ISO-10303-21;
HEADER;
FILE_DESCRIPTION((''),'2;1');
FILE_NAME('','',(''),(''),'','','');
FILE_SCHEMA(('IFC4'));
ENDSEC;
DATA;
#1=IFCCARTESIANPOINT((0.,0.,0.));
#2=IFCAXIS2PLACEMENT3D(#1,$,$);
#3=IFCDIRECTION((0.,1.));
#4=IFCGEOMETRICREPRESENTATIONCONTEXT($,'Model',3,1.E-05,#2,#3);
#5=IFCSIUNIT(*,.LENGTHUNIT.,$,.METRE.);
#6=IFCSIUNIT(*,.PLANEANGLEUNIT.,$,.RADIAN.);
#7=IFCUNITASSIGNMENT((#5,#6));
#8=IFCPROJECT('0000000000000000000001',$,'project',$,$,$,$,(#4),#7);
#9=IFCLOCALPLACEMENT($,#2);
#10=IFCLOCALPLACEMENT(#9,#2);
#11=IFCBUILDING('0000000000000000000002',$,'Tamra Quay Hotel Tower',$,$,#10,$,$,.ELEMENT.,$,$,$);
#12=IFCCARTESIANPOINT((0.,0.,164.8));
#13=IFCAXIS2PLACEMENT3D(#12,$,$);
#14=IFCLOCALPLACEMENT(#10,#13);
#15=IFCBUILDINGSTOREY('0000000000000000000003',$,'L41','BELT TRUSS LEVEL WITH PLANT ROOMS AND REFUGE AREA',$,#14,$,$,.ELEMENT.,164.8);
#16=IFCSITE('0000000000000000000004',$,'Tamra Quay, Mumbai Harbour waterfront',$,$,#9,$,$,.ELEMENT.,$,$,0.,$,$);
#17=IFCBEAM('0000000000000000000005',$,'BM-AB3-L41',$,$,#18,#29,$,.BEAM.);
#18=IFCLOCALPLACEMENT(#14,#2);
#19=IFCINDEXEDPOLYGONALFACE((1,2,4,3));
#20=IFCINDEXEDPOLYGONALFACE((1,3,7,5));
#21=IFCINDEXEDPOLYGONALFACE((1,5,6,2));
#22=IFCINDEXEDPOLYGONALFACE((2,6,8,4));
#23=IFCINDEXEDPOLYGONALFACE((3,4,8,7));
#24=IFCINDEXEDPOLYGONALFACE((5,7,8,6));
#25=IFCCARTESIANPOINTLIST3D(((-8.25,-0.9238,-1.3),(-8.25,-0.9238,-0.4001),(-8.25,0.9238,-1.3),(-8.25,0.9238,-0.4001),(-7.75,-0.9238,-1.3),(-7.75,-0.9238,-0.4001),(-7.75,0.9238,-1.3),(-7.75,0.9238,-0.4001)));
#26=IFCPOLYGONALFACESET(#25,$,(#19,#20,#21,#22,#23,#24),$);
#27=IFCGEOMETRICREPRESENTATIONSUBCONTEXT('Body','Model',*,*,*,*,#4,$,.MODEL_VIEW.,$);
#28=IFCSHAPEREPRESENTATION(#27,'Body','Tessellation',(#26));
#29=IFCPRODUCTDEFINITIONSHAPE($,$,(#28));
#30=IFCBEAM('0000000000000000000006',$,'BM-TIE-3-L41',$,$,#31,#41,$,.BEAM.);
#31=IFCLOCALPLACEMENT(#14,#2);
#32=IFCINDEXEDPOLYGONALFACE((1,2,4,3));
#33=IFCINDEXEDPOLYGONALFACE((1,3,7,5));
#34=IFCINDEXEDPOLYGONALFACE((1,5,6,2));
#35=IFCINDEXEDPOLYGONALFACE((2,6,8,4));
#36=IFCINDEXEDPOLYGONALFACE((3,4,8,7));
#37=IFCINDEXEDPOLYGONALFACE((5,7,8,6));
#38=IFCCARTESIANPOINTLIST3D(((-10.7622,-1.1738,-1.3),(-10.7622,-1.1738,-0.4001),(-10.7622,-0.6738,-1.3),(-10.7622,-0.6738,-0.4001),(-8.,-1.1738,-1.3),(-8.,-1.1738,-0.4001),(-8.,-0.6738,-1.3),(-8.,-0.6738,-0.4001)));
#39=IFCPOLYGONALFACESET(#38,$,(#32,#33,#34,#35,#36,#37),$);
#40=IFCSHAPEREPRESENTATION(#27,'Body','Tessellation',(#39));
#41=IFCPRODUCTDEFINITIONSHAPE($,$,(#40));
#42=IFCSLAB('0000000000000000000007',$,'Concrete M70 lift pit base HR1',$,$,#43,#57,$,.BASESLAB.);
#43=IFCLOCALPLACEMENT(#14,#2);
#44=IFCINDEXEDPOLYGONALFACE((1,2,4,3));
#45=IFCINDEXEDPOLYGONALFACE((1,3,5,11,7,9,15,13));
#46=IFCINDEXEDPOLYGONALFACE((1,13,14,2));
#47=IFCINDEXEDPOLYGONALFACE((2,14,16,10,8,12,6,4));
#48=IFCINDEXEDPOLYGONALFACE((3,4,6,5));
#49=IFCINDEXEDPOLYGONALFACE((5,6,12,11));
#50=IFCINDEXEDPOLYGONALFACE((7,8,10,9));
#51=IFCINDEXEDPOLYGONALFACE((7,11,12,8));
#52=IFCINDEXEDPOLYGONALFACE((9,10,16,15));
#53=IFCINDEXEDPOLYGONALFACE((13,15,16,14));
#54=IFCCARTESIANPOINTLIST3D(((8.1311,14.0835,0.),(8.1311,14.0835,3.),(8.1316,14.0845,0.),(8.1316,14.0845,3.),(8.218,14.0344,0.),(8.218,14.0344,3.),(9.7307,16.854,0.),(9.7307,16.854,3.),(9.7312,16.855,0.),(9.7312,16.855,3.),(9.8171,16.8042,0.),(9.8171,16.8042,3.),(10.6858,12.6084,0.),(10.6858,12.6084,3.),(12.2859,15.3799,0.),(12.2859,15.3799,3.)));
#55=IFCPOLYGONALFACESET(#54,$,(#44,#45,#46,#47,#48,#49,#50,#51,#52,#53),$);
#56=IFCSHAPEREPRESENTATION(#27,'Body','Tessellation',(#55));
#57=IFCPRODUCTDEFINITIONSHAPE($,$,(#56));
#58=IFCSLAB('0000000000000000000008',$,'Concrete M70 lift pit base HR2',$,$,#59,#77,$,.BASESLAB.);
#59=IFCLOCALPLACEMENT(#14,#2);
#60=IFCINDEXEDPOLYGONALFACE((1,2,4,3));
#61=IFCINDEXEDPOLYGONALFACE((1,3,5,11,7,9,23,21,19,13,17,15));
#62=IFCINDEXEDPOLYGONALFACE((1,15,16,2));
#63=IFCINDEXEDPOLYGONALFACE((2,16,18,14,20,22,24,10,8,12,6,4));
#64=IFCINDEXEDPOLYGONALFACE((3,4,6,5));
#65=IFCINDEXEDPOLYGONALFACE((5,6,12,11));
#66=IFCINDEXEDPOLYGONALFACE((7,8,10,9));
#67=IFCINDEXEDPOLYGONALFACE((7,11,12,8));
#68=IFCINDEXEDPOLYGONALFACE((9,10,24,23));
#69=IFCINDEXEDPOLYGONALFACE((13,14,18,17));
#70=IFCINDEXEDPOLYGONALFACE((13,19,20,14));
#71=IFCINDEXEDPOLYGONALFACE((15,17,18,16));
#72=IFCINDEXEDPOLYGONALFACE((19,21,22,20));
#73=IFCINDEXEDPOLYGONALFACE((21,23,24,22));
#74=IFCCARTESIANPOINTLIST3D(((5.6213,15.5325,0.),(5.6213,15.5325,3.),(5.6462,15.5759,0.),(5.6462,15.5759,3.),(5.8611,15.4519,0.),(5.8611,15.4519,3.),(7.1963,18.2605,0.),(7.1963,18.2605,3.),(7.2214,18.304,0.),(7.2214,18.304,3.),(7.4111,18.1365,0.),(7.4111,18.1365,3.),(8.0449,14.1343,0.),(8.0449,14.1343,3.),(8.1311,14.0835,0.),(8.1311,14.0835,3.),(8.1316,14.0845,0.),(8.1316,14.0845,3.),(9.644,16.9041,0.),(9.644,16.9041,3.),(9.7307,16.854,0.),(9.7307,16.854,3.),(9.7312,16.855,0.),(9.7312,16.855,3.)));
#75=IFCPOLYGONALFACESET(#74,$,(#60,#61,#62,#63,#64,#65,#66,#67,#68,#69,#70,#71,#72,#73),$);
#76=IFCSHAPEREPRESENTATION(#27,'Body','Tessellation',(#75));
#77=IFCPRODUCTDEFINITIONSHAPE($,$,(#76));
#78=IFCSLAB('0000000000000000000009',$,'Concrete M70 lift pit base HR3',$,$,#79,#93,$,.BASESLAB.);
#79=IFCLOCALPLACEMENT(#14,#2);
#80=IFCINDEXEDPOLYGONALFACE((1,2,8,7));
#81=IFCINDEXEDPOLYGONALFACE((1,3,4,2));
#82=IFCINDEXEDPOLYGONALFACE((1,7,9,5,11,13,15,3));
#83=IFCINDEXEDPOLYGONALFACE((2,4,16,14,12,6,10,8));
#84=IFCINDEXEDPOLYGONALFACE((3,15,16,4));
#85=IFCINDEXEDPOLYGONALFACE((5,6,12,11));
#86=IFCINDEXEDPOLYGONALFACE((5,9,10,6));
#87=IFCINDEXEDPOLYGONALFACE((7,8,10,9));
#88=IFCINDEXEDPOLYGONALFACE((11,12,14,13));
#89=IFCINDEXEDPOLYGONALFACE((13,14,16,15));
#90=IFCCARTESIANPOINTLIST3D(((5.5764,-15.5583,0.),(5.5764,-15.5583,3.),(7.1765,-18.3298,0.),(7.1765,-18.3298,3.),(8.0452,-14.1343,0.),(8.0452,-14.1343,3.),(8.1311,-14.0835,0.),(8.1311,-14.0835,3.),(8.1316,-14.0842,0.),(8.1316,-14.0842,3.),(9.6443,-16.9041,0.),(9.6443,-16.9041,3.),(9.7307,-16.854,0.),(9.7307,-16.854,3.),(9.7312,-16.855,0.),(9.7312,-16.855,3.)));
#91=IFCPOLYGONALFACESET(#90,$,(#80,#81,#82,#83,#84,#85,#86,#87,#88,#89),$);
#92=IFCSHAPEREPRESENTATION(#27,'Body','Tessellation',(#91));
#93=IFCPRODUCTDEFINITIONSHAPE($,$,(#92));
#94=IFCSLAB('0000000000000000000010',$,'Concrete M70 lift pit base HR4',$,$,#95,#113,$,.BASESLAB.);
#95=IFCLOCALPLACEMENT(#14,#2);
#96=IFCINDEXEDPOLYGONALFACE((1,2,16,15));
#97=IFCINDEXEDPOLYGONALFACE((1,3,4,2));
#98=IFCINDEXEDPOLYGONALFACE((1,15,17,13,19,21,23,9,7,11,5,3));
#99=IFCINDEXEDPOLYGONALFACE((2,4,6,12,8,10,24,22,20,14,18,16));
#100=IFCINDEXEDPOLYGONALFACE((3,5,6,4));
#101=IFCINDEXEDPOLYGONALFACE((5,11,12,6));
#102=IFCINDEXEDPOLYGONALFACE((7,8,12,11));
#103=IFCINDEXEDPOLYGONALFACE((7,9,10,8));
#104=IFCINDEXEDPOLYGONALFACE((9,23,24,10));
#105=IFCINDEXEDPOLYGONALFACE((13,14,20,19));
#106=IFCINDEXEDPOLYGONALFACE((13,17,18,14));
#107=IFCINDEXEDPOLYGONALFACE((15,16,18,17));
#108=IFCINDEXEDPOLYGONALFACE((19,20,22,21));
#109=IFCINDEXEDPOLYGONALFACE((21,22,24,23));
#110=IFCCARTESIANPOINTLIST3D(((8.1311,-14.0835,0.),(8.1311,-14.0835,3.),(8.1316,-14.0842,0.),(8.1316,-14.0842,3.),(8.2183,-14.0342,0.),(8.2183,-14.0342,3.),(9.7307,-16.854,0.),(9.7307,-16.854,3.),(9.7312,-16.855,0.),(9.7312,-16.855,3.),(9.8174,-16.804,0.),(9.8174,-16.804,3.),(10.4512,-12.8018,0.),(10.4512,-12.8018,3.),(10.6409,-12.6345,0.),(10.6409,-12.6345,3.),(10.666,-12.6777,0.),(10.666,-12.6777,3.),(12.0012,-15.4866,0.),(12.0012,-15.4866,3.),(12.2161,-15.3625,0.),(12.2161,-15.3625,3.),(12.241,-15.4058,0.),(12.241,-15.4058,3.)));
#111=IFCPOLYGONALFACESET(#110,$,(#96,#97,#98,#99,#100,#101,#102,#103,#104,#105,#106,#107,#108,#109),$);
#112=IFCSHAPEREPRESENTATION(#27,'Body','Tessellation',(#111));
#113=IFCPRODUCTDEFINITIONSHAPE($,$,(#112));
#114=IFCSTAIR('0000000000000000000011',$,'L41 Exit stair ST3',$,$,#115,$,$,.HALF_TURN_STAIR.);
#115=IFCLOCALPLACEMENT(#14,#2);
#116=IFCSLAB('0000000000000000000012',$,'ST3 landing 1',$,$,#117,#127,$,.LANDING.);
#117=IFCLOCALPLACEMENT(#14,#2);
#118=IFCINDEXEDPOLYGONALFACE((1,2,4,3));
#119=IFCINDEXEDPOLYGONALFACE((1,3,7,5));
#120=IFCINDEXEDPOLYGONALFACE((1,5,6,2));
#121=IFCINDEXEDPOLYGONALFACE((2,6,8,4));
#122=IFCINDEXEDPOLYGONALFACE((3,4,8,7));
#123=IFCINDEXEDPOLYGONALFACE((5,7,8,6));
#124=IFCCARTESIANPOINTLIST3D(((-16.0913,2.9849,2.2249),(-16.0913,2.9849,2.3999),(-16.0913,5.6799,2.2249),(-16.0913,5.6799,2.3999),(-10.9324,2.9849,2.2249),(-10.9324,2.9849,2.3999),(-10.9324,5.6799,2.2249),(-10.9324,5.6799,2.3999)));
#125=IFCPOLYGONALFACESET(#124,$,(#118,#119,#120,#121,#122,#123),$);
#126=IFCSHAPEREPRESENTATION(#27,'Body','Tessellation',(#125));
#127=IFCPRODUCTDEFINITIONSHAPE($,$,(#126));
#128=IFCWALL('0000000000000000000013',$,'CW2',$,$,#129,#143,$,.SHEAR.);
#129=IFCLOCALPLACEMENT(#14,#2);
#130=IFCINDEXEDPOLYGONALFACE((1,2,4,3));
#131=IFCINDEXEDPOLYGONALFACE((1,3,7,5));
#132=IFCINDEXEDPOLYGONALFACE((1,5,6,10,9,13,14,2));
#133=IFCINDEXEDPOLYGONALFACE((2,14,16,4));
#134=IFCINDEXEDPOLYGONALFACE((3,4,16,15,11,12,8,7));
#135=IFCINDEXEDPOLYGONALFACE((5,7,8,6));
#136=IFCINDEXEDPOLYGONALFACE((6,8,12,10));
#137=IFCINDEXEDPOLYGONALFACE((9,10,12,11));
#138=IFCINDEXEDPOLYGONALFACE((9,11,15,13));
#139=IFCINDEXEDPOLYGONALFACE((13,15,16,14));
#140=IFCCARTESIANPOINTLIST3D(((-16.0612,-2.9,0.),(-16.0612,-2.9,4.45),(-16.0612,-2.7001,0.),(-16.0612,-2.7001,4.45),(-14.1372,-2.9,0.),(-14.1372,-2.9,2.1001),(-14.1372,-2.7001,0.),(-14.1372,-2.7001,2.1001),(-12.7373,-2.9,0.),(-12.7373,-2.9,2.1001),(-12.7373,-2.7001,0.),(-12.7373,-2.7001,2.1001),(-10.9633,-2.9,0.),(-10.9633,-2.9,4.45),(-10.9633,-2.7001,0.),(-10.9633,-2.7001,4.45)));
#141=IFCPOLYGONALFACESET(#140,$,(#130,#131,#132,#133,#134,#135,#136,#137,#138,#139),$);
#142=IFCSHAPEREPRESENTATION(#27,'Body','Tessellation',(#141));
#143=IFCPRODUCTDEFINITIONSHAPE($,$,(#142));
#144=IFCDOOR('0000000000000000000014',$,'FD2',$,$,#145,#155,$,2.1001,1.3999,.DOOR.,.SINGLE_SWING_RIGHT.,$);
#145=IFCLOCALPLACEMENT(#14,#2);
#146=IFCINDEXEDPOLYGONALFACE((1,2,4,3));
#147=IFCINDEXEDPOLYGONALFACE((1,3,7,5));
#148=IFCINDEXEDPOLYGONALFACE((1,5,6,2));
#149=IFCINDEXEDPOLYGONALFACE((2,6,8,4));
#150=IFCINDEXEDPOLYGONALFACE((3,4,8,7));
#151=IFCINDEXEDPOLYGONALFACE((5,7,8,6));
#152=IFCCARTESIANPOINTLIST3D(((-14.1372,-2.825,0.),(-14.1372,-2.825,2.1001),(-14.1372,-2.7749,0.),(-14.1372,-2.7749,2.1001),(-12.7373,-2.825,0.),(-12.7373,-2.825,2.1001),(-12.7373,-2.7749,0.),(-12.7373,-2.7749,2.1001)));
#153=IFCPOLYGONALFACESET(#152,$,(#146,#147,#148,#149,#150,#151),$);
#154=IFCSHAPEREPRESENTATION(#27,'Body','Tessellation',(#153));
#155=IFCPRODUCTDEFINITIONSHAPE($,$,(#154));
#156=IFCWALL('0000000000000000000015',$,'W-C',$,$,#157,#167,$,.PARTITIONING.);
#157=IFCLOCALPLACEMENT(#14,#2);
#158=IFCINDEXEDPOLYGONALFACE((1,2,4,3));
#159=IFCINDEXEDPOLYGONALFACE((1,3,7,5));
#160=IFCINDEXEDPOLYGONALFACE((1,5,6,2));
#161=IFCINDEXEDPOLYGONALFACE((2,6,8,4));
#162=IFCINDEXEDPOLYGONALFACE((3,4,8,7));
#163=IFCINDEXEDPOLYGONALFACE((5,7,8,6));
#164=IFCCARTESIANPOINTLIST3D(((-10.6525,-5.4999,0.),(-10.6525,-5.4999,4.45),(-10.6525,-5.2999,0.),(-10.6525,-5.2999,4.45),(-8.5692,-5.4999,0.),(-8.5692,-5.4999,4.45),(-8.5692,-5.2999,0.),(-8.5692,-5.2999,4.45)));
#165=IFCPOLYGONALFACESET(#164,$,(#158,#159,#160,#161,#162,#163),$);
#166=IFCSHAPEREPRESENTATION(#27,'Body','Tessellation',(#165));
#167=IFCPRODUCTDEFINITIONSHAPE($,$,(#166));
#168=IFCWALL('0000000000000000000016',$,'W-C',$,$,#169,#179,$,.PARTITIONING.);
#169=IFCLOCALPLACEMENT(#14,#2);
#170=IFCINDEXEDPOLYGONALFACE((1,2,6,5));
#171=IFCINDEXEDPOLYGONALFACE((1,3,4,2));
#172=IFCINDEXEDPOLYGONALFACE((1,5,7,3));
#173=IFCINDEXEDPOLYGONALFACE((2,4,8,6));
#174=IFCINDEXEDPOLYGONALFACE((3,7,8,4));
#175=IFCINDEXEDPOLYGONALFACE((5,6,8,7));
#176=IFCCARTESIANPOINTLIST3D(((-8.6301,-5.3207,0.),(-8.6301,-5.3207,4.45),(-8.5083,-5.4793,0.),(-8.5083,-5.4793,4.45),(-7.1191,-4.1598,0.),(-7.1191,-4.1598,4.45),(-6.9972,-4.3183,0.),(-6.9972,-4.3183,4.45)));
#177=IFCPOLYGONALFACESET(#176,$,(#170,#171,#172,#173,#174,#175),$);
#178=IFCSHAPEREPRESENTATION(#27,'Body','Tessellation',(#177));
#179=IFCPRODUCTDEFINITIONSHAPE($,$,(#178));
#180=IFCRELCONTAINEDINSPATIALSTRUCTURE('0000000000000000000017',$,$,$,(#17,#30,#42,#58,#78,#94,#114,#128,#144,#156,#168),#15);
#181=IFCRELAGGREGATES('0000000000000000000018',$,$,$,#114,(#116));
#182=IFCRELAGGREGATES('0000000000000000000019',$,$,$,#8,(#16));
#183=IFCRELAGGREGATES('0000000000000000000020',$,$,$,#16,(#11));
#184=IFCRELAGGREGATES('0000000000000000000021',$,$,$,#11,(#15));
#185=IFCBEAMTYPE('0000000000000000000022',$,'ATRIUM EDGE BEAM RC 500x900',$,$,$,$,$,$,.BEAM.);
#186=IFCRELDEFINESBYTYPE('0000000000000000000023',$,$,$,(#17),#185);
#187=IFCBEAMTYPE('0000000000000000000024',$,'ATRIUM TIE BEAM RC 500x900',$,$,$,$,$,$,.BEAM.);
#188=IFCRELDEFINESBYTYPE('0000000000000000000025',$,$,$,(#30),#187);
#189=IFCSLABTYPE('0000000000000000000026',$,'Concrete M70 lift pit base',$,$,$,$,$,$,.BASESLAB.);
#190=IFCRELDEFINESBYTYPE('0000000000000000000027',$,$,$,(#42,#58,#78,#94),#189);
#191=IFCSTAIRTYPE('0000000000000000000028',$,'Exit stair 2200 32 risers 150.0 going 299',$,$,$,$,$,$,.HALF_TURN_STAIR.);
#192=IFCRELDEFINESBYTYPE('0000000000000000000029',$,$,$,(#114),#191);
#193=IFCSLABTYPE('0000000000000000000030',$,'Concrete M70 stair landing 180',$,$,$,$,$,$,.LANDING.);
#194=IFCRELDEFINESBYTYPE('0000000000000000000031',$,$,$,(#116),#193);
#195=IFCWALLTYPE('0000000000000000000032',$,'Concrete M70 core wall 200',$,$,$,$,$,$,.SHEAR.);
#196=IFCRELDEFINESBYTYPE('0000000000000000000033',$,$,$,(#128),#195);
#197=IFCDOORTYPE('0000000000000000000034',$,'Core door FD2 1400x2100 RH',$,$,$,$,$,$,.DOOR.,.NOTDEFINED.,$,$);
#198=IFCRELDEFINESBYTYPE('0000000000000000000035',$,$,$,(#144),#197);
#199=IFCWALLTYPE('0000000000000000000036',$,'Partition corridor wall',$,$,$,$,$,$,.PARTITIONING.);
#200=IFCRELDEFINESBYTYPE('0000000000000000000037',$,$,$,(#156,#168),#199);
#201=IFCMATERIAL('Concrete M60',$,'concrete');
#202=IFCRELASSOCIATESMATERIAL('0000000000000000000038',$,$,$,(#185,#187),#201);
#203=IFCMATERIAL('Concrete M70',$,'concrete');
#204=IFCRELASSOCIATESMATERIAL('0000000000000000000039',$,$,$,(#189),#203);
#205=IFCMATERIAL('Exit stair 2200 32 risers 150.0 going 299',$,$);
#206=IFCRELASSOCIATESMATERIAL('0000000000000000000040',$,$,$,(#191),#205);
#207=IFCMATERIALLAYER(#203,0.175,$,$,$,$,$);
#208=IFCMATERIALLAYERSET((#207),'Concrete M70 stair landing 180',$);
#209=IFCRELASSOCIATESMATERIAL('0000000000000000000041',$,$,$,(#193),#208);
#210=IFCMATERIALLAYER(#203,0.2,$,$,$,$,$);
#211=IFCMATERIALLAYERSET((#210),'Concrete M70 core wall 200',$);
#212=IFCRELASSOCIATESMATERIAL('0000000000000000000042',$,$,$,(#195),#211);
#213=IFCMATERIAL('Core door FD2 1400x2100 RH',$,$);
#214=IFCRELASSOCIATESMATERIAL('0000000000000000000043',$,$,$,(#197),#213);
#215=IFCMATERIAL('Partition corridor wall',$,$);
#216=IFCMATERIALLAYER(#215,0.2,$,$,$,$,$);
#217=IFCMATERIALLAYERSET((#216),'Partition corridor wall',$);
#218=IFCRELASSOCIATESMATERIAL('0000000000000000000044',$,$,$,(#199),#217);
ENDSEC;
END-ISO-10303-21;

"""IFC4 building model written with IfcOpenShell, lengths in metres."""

from ifc_helpers import new_model, si_unit, direction, frame, frame_2d, origin, origin_2d, place, context, subcontext, project, spatial, polyline, rectangle, outline, extrude, material, layer, layer_set, material_profile, profile_set, type_object, element, fill, aggregate, save


model = new_model("IFC4")

# Units and contexts
model_context = context("Model", 3, precision=1e-05, world=origin(), true_north=direction((0.0, 1.0)))
body_context = subcontext(model_context, "Body", "Model", "MODEL_VIEW")
ifc_project = project(units=[si_unit("LENGTHUNIT", "METRE"), si_unit("PLANEANGLEUNIT", "RADIAN")], contexts=[model_context])

# Site, building, storey
site_placement = place(None, origin())
site = spatial("IfcSite", under=ifc_project, at=site_placement, Name="Tamra Quay, Mumbai Harbour waterfront", CompositionType="ELEMENT", RefElevation=0.0)
building_placement = place(site_placement, origin())
building = spatial("IfcBuilding", under=site, at=building_placement, Name="Tamra Quay Hotel Tower", CompositionType="ELEMENT")
storey_placement = place(building_placement, frame((0.0, 0.0, 164.8)))
storey = spatial("IfcBuildingStorey", under=building, at=storey_placement, Name="L41", Description="BELT TRUSS LEVEL WITH PLANT ROOMS AND REFUGE AREA", CompositionType="ELEMENT", Elevation=164.8)

# Beams
ifc_material_1 = material(Name="Concrete M60", Category="concrete")
ifc_material_profile_1 = material_profile(ifc_material_1, rectangle(XDim=0.5, YDim=0.8999, at=origin_2d()), Name="ATRIUM EDGE BEAM RC 500x900")
ifc_profile_set_1 = profile_set([ifc_material_profile_1], Name="Concrete M60")
beam_type_1 = type_object("IfcBeamType", Name="ATRIUM EDGE BEAM RC 500x900", PredefinedType="BEAM", material=ifc_profile_set_1)
beam_1_placement = place(storey_placement, frame((-8.0, -0.9238, -0.8501), z_axis=(0.0, 1.0, 0.0), x_axis=(-1.0, 0.0, 0.0)))
element("IfcBeam", 1, at=beam_1_placement, inside=storey, type_object=beam_type_1, Name="BM-AB3-L41", PredefinedType="BEAM", context=body_context, shape_type="SweptSolid", body=[
    extrude(rectangle(XDim=0.5, YDim=0.8999, at=origin_2d()), origin(), (0.0, 0.0, 1.0), 1.8477),
])
ifc_material_profile_2 = material_profile(ifc_material_1, rectangle(XDim=0.5, YDim=0.8999, at=origin_2d()), Name="ATRIUM TIE BEAM RC 500x900")
ifc_profile_set_2 = profile_set([ifc_material_profile_2], Name="Concrete M60")
beam_type_2 = type_object("IfcBeamType", Name="ATRIUM TIE BEAM RC 500x900", PredefinedType="BEAM", material=ifc_profile_set_2)
beam_2_placement = place(storey_placement, frame((-8.0, -0.9238, -0.8501), z_axis=(-1.0, 0.0, 0.0), x_axis=(0.0, -1.0, 0.0)))
element("IfcBeam", 2, at=beam_2_placement, inside=storey, type_object=beam_type_2, Name="BM-TIE-3-L41", PredefinedType="BEAM", context=body_context, shape_type="SweptSolid", body=[
    extrude(rectangle(XDim=0.5, YDim=0.8999, at=origin_2d()), origin(), (0.0, 0.0, 1.0), 2.7622),
])

# Slabs
ifc_material_2 = material(Name="Concrete M70", Category="concrete")
slab_type_1 = type_object("IfcSlabType", Name="Concrete M70 lift pit base", PredefinedType="BASESLAB", material=ifc_material_2)
slab_1_placement = place(storey_placement, origin())
element("IfcSlab", 3, at=slab_1_placement, inside=storey, type_object=slab_type_1, Name="Concrete M70 lift pit base HR1", PredefinedType="BASESLAB", context=body_context, shape_type="SweptSolid", body=[
    extrude(outline(polyline([(8.1316, 14.0845), (8.218, 14.0344), (9.8171, 16.8042), (9.7307, 16.854), (9.7312, 16.855), (12.2859, 15.3799), (10.6858, 12.6084), (8.1311, 14.0835), (8.1316, 14.0845)])), origin(), (0.0, 0.0, 1.0), 3.0),
])
slab_2_placement = place(storey_placement, origin())
element("IfcSlab", 4, at=slab_2_placement, inside=storey, type_object=slab_type_1, Name="Concrete M70 lift pit base HR2", PredefinedType="BASESLAB", context=body_context, shape_type="SweptSolid", body=[
    extrude(outline(polyline([(5.6462, 15.5759), (5.8611, 15.4519), (7.4111, 18.1365), (7.1963, 18.2605), (7.2214, 18.304), (9.7312, 16.855), (9.7307, 16.854), (9.644, 16.9041), (8.0449, 14.1343), (8.1316, 14.0845), (8.1311, 14.0835), (5.6213, 15.5325), (5.6462, 15.5759)])), origin(), (0.0, 0.0, 1.0), 3.0),
])
slab_3_placement = place(storey_placement, origin())
element("IfcSlab", 5, at=slab_3_placement, inside=storey, type_object=slab_type_1, Name="Concrete M70 lift pit base HR3", PredefinedType="BASESLAB", context=body_context, shape_type="SweptSolid", body=[
    extrude(outline(polyline([(8.1316, -14.0842), (8.0452, -14.1343), (9.6443, -16.9041), (9.7307, -16.854), (9.7312, -16.855), (7.1765, -18.3298), (5.5764, -15.5583), (8.1311, -14.0835), (8.1316, -14.0842)])), origin(), (0.0, 0.0, 1.0), 3.0),
])
slab_4_placement = place(storey_placement, origin())
element("IfcSlab", 6, at=slab_4_placement, inside=storey, type_object=slab_type_1, Name="Concrete M70 lift pit base HR4", PredefinedType="BASESLAB", context=body_context, shape_type="SweptSolid", body=[
    extrude(outline(polyline([(10.666, -12.6777), (10.4512, -12.8018), (12.0012, -15.4866), (12.2161, -15.3625), (12.241, -15.4058), (9.7312, -16.855), (9.7307, -16.854), (9.8174, -16.804), (8.2183, -14.0342), (8.1316, -14.0842), (8.1311, -14.0835), (10.6409, -12.6345), (10.666, -12.6777)])), origin(), (0.0, 0.0, 1.0), 3.0),
])

# Stair, slab
ifc_material_3 = material(Name="Exit stair 2200 32 risers 150.0 going 299")
stair_type = type_object("IfcStairType", Name="Exit stair 2200 32 risers 150.0 going 299", PredefinedType="HALF_TURN_STAIR", material=ifc_material_3)
stair_placement = place(storey_placement, origin())
stair = element("IfcStair", 7, at=stair_placement, inside=storey, type_object=stair_type, Name="L41 Exit stair ST3", PredefinedType="HALF_TURN_STAIR")
ifc_layer_1 = layer(ifc_material_2, 0.175)
ifc_layer_set_1 = layer_set([ifc_layer_1], Name="Concrete M70 stair landing 180")
slab_type_2 = type_object("IfcSlabType", Name="Concrete M70 stair landing 180", PredefinedType="LANDING", material=ifc_layer_set_1)
slab_5_placement = place(storey_placement, frame((0.0, 0.0, 2.2249)))
slab_5 = element("IfcSlab", 8, at=slab_5_placement, type_object=slab_type_2, Name="ST3 landing 1", PredefinedType="LANDING", context=body_context, shape_type="SweptSolid", body=[
    extrude(outline(polyline([(-10.9324, 2.9849), (-10.9324, 5.6799), (-16.0913, 5.6799), (-16.0913, 2.9849), (-10.9324, 2.9849)])), origin(), (0.0, 0.0, 1.0), 0.175),
])
aggregate(stair, [slab_5])

# Wall, opening, door
ifc_layer_2 = layer(ifc_material_2, 0.2)
ifc_layer_set_2 = layer_set([ifc_layer_2], Name="Concrete M70 core wall 200")
wall_type_1 = type_object("IfcWallType", Name="Concrete M70 core wall 200", PredefinedType="SHEAR", material=ifc_layer_set_2)
wall_1_placement = place(storey_placement, frame((-10.9634, -2.8, 0.0), z_axis=(0.0, 0.0, 1.0), x_axis=(-1.0, 0.0, 0.0)))
wall_1 = element("IfcWall", 9, at=wall_1_placement, inside=storey, type_object=wall_type_1, Name="CW2", PredefinedType="SHEAR", context=body_context, shape_type="SweptSolid", body=[
    extrude(rectangle(XDim=5.0979, YDim=0.2, at=frame_2d((2.5488, 0.0))), origin(), (0.0, 0.0, 1.0), 4.45),
])
opening_1_placement = place(wall_1_placement, frame((1.7739, 0.0, 0.0)))
opening_1 = element("IfcOpeningElement", 10, at=opening_1_placement, cuts=wall_1, PredefinedType="OPENING", context=body_context, shape_type="SweptSolid", body=[
    extrude(rectangle(XDim=1.3999, YDim=2.1001, at=frame_2d((0.7, 1.05))), frame((0.0, 0.1099, 0.0), z_axis=(0.0, -1.0, 0.0), x_axis=(1.0, 0.0, 0.0)), (0.0, 0.0, 1.0), 0.22),
])
ifc_material_4 = material(Name="Core door FD2 1400x2100 RH")
door_type_1 = type_object("IfcDoorType", Name="Core door FD2 1400x2100 RH", OperationType="NOTDEFINED", PredefinedType="DOOR", material=ifc_material_4)
door_1_placement = place(opening_1_placement, origin())
door_1 = element("IfcDoor", 11, at=door_1_placement, inside=storey, type_object=door_type_1, Name="FD2", OperationType="SINGLE_SWING_RIGHT", OverallHeight=2.1001, OverallWidth=1.3999, PredefinedType="DOOR", context=body_context, shape_type="SweptSolid", body=[
    extrude(rectangle(XDim=1.3999, YDim=2.1001, at=frame_2d((0.7, 1.05))), frame((0.0, 0.0249, 0.0), z_axis=(0.0, -1.0, 0.0), x_axis=(1.0, 0.0, 0.0)), (0.0, 0.0, 1.0), 0.05),
])
fill(opening_1, door_1)

# Walls
ifc_material_5 = material(Name="Partition corridor wall")
ifc_layer_3 = layer(ifc_material_5, 0.2)
ifc_layer_set_3 = layer_set([ifc_layer_3], Name="Partition corridor wall")
wall_type_2 = type_object("IfcWallType", Name="Partition corridor wall", PredefinedType="PARTITIONING", material=ifc_layer_set_3)
wall_2_placement = place(storey_placement, frame((-10.6523, -5.3999, 0.0), z_axis=(0.0, 0.0, 1.0), x_axis=(1.0, 0.0, 0.0)))
element("IfcWall", 12, at=wall_2_placement, inside=storey, type_object=wall_type_2, Name="W-C", PredefinedType="PARTITIONING", context=body_context, shape_type="SweptSolid", body=[
    extrude(rectangle(XDim=2.0833, YDim=0.2, at=frame_2d((1.0415, 0.0))), origin(), (0.0, 0.0, 1.0), 4.45),
])
wall_3_placement = place(storey_placement, frame((-8.5691, -5.3999, 0.0), z_axis=(0.0, 0.0, 1.0), x_axis=(0.792981, 0.609246, 0.0)))
element("IfcWall", 13, at=wall_3_placement, inside=storey, type_object=wall_type_2, Name="W-C", PredefinedType="PARTITIONING", context=body_context, shape_type="SweptSolid", body=[
    extrude(rectangle(XDim=1.9055, YDim=0.2, at=frame_2d((0.9526, 0.0))), origin(), (0.0, 0.0, 1.0), 4.45),
])

save(model, "model.ifc")
